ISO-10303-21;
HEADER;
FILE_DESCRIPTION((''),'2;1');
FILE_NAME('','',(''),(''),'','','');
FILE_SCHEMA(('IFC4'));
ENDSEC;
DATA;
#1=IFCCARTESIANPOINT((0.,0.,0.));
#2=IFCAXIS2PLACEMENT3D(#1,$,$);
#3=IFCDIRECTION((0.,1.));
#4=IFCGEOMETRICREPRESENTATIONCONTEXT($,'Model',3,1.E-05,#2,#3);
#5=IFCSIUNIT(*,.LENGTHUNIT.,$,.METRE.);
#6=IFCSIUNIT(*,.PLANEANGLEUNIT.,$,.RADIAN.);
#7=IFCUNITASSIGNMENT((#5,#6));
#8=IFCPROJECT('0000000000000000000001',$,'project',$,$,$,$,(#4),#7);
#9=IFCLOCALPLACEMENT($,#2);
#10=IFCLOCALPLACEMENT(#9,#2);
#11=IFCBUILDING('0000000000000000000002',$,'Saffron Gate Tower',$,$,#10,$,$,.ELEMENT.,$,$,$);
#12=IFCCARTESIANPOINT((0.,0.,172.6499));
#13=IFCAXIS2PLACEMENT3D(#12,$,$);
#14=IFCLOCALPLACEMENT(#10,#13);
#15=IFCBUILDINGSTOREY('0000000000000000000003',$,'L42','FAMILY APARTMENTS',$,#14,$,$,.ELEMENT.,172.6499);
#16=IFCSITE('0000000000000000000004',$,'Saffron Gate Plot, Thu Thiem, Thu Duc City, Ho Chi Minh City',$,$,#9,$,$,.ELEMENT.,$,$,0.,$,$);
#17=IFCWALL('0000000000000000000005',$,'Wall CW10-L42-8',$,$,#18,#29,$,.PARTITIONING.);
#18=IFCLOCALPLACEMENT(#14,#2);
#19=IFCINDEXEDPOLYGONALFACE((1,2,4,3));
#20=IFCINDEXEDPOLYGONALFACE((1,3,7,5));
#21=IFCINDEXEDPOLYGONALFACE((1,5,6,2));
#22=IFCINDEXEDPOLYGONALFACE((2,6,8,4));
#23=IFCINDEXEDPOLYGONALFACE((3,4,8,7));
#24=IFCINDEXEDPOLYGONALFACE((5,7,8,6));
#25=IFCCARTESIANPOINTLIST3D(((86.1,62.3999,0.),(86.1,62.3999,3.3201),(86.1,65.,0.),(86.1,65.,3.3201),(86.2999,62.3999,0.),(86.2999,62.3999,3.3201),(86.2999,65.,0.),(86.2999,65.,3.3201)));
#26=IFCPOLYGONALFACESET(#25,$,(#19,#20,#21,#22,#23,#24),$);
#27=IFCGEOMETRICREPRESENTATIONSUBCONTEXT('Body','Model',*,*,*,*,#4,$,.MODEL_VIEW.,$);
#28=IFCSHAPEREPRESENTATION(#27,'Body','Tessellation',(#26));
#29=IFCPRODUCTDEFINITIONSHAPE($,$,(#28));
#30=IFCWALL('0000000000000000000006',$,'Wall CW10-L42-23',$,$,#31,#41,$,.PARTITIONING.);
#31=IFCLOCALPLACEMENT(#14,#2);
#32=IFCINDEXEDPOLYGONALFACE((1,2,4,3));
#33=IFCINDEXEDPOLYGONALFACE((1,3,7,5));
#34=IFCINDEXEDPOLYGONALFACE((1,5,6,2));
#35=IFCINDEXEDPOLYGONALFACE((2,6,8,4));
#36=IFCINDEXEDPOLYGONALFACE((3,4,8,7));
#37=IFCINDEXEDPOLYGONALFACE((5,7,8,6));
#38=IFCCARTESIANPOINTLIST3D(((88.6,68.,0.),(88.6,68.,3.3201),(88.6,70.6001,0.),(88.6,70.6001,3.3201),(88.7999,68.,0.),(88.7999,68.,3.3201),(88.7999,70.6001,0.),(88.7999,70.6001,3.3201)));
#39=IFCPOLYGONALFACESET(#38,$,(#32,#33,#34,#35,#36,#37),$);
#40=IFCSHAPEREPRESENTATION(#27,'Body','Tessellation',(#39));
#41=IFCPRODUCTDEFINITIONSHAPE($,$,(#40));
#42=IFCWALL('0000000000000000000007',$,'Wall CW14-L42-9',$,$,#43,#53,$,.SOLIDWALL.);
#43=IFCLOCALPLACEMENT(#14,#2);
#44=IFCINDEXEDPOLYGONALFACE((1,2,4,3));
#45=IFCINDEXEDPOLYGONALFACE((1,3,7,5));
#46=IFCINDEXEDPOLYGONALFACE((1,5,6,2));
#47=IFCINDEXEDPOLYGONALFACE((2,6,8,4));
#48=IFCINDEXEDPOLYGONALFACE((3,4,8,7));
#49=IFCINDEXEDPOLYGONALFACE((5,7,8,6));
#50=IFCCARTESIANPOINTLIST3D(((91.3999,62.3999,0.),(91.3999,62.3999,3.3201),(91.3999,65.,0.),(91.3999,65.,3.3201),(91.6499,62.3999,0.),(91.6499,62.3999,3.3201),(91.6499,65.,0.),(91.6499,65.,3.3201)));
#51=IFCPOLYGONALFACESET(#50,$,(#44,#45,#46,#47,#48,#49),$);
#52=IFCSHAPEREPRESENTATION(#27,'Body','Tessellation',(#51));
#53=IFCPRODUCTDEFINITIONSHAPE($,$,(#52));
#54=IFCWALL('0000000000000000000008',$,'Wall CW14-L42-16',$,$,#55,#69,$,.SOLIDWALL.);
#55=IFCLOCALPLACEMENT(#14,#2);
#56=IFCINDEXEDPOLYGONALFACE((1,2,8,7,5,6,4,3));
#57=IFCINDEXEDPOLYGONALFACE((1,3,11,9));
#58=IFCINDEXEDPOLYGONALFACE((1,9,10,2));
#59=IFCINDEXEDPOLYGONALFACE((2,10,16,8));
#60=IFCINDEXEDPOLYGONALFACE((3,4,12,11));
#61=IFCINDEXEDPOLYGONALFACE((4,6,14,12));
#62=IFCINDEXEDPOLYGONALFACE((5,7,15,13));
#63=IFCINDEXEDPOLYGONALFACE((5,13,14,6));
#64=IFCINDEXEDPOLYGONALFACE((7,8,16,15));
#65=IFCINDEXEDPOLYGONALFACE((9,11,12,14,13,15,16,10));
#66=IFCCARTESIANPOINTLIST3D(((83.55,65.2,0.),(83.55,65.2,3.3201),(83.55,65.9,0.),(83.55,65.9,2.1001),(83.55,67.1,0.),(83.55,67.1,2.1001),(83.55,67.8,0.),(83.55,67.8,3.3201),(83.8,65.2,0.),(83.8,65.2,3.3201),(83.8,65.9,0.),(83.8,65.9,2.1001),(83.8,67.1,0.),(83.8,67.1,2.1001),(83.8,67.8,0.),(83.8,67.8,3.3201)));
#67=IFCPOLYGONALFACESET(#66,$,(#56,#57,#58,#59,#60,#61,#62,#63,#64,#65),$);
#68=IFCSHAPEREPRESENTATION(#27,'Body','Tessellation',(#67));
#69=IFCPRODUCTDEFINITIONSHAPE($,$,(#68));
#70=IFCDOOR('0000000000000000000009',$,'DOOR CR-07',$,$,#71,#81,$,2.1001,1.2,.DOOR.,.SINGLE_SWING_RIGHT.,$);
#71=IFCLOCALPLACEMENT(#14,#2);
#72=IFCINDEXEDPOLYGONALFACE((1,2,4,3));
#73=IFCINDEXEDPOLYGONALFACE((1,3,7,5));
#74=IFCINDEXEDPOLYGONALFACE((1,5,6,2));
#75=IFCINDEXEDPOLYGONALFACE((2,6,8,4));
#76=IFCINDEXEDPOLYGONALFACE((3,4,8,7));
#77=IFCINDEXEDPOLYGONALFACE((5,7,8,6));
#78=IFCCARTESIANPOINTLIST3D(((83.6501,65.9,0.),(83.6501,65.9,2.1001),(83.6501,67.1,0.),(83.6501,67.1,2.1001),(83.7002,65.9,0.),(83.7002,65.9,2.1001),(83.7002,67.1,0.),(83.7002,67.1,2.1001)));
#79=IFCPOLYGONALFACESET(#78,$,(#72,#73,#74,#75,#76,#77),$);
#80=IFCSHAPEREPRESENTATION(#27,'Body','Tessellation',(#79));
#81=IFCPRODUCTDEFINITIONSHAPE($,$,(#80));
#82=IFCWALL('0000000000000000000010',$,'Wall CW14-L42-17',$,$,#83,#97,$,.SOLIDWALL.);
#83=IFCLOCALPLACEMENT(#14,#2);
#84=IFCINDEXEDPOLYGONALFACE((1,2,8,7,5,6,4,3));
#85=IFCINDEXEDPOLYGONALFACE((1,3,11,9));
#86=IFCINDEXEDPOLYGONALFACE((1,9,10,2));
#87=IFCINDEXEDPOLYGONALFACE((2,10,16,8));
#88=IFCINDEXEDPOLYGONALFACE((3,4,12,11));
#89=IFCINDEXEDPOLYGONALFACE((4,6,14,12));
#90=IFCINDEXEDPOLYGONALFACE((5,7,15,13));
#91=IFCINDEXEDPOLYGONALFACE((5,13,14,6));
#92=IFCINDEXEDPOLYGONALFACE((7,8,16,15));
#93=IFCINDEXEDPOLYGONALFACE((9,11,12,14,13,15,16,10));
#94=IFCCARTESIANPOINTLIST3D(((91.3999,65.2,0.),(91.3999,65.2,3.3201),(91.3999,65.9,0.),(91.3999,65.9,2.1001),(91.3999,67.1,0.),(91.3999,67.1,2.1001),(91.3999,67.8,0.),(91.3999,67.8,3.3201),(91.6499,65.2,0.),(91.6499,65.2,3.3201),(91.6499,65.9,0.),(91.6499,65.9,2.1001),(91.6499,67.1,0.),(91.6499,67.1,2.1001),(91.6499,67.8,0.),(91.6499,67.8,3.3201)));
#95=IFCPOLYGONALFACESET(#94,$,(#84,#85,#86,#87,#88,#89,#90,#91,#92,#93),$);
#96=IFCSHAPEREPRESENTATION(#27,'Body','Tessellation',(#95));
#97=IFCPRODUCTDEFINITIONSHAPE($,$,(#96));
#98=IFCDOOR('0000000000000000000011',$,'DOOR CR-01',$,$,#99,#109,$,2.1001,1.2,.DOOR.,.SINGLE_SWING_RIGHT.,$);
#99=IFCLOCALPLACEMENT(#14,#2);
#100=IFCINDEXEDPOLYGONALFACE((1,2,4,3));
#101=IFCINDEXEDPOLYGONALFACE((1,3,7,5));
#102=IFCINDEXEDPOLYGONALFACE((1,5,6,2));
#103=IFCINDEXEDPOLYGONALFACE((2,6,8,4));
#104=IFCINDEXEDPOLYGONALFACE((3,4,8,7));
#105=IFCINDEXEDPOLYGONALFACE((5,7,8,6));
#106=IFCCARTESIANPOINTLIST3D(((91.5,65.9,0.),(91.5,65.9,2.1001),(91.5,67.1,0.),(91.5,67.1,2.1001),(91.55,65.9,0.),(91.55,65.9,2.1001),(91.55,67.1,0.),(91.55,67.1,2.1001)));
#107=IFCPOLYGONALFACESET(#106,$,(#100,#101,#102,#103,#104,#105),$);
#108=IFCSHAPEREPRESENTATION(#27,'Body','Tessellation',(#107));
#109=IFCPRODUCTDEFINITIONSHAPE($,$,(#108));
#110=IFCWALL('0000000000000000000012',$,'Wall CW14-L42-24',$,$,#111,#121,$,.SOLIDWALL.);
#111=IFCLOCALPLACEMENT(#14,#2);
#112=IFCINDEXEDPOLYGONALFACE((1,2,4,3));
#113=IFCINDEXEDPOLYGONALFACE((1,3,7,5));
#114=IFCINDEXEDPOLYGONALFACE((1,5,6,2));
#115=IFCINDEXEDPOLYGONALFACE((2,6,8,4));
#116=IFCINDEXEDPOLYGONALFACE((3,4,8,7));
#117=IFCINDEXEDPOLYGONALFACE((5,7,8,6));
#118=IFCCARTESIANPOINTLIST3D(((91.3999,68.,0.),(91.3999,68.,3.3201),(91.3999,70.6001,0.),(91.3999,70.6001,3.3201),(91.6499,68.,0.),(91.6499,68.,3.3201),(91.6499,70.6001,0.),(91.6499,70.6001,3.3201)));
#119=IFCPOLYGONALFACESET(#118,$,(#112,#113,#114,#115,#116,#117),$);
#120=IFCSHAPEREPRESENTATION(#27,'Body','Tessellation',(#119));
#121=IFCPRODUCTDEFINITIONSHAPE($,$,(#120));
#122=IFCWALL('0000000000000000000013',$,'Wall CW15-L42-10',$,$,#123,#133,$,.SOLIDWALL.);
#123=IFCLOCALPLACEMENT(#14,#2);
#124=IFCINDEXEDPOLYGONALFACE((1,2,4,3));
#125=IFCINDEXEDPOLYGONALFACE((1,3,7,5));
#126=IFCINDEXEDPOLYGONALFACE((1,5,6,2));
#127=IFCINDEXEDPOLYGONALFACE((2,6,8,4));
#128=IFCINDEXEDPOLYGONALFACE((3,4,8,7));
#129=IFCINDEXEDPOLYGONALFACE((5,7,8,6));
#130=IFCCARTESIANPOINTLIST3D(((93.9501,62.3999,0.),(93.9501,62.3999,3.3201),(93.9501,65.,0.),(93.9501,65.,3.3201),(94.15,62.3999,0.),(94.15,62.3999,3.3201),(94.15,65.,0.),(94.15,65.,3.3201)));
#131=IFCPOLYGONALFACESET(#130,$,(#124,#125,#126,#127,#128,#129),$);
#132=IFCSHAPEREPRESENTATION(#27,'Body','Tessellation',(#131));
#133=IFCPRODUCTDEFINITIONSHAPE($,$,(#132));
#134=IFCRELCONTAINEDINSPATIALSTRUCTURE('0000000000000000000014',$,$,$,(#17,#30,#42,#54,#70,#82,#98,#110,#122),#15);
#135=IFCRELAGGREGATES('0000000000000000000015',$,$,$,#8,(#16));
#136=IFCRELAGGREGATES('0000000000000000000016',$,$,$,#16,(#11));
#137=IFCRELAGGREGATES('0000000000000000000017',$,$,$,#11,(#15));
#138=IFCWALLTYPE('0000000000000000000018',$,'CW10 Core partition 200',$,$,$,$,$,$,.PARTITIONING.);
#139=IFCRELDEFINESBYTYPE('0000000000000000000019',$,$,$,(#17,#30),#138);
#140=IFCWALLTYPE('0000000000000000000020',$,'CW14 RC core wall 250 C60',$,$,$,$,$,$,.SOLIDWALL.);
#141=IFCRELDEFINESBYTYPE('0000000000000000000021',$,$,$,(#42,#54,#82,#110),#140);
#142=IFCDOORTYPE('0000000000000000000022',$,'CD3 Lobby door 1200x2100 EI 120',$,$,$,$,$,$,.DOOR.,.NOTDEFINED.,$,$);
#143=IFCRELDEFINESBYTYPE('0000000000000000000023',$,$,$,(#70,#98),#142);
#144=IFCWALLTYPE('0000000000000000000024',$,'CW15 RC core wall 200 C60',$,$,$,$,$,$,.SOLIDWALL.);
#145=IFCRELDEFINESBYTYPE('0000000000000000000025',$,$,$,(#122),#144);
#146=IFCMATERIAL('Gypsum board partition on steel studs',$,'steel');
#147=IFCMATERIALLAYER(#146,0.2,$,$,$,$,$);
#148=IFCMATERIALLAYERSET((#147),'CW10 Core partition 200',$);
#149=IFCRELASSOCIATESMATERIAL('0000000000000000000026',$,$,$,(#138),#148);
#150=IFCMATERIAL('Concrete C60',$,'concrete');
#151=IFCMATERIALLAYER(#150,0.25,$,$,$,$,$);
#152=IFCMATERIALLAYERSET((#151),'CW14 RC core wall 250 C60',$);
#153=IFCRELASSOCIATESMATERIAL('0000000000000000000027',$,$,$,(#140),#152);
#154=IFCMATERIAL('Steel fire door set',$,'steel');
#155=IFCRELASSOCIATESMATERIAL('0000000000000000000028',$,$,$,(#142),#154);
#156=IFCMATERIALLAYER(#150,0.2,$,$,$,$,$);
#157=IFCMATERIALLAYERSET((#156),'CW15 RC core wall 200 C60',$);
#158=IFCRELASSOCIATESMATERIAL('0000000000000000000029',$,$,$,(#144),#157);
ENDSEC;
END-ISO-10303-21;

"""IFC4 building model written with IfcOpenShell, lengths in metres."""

from ifc_helpers import new_model, si_unit, direction, frame, frame_2d, origin, place, context, subcontext, project, spatial, rectangle, extrude, material, layer, layer_set, type_object, element, fill, save


model = new_model("IFC4")

# Units and contexts
model_context = context("Model", 3, precision=1e-05, world=origin(), true_north=direction((0.0, 1.0)))
body_context = subcontext(model_context, "Body", "Model", "MODEL_VIEW")
ifc_project = project(units=[si_unit("LENGTHUNIT", "METRE"), si_unit("PLANEANGLEUNIT", "RADIAN")], contexts=[model_context])

# Site, building, storey
site_placement = place(None, origin())
site = spatial("IfcSite", under=ifc_project, at=site_placement, Name="Saffron Gate Plot, Thu Thiem, Thu Duc City, Ho Chi Minh City", CompositionType="ELEMENT", RefElevation=0.0)
building_placement = place(site_placement, origin())
building = spatial("IfcBuilding", under=site, at=building_placement, Name="Saffron Gate Tower", CompositionType="ELEMENT")
storey_placement = place(building_placement, frame((0.0, 0.0, 172.6499)))
storey = spatial("IfcBuildingStorey", under=building, at=storey_placement, Name="L42", Description="FAMILY APARTMENTS", CompositionType="ELEMENT", Elevation=172.6499)

# Walls
ifc_material_1 = material(Name="Gypsum board partition on steel studs", Category="steel")
ifc_layer_1 = layer(ifc_material_1, 0.2)
ifc_layer_set_1 = layer_set([ifc_layer_1], Name="CW10 Core partition 200")
wall_type_1 = type_object("IfcWallType", Name="CW10 Core partition 200", PredefinedType="PARTITIONING", material=ifc_layer_set_1)
for number, where, z_axis, x_axis, name in (
    (1, (86.2, 62.3999, 0.0), (0.0, 0.0, 1.0), (0.0, 1.0, 0.0), "Wall CW10-L42-8"),
    (2, (88.7, 68.0, 0.0), (0.0, 0.0, 1.0), (0.0, 1.0, 0.0), "Wall CW10-L42-23"),
):
    element("IfcWall", number, at=place(storey_placement, frame(where, z_axis=z_axis, x_axis=x_axis)), inside=storey, type_object=wall_type_1, Name=name, PredefinedType="PARTITIONING", context=body_context, shape_type="SweptSolid", body=[
        extrude(rectangle(XDim=2.6001, YDim=0.2, at=frame_2d((1.3, 0.0))), origin(), (0.0, 0.0, 1.0), 3.3201),
    ])
ifc_material_2 = material(Name="Concrete C60", Category="concrete")
ifc_layer_2 = layer(ifc_material_2, 0.25)
ifc_layer_set_2 = layer_set([ifc_layer_2], Name="CW14 RC core wall 250 C60")
wall_type_2 = type_object("IfcWallType", Name="CW14 RC core wall 250 C60", PredefinedType="SOLIDWALL", material=ifc_layer_set_2)
wall_1_placement = place(storey_placement, frame((91.5249, 62.3999, 0.0), z_axis=(0.0, 0.0, 1.0), x_axis=(0.0, 1.0, 0.0)))
element("IfcWall", 3, at=wall_1_placement, inside=storey, type_object=wall_type_2, Name="Wall CW14-L42-9", PredefinedType="SOLIDWALL", context=body_context, shape_type="SweptSolid", body=[
    extrude(rectangle(XDim=2.6001, YDim=0.25, at=frame_2d((1.3, 0.0))), origin(), (0.0, 0.0, 1.0), 3.3201),
])

# Walls, openings, doors
wall_2_placement = place(storey_placement, frame((83.675, 65.2, 0.0), z_axis=(0.0, 0.0, 1.0), x_axis=(0.0, 1.0, 0.0)))
wall_2 = element("IfcWall", 4, at=wall_2_placement, inside=storey, type_object=wall_type_2, Name="Wall CW14-L42-16", PredefinedType="SOLIDWALL", context=body_context, shape_type="SweptSolid", body=[
    extrude(rectangle(XDim=2.6001, YDim=0.25, at=frame_2d((1.3, 0.0))), origin(), (0.0, 0.0, 1.0), 3.3201),
])
opening_1_placement = place(wall_2_placement, frame((0.7, 0.0, 0.0)))
opening_1 = element("IfcOpeningElement", 5, at=opening_1_placement, cuts=wall_2, PredefinedType="OPENING", context=body_context, shape_type="SweptSolid", body=[
    extrude(rectangle(XDim=1.2, YDim=2.1001, at=frame_2d((0.6001, 1.05))), frame((0.0, 0.135, 0.0), z_axis=(0.0, -1.0, 0.0), x_axis=(1.0, 0.0, 0.0)), (0.0, 0.0, 1.0), 0.27),
])
ifc_material_3 = material(Name="Steel fire door set", Category="steel")
door_type_1 = type_object("IfcDoorType", Name="CD3 Lobby door 1200x2100 EI 120", OperationType="NOTDEFINED", PredefinedType="DOOR", material=ifc_material_3)
door_1_placement = place(opening_1_placement, origin())
door_1 = element("IfcDoor", 6, at=door_1_placement, inside=storey, type_object=door_type_1, Name="DOOR CR-07", OperationType="SINGLE_SWING_RIGHT", OverallHeight=2.1001, OverallWidth=1.2, PredefinedType="DOOR", context=body_context, shape_type="SweptSolid", body=[
    extrude(rectangle(XDim=1.2, YDim=2.1001, at=frame_2d((0.6001, 1.05))), frame((0.0, 0.0249, 0.0), z_axis=(0.0, -1.0, 0.0), x_axis=(1.0, 0.0, 0.0)), (0.0, 0.0, 1.0), 0.05),
])
fill(opening_1, door_1)
wall_3_placement = place(storey_placement, frame((91.5249, 65.2, 0.0), z_axis=(0.0, 0.0, 1.0), x_axis=(0.0, 1.0, 0.0)))
wall_3 = element("IfcWall", 7, at=wall_3_placement, inside=storey, type_object=wall_type_2, Name="Wall CW14-L42-17", PredefinedType="SOLIDWALL", context=body_context, shape_type="SweptSolid", body=[
    extrude(rectangle(XDim=2.6001, YDim=0.25, at=frame_2d((1.3, 0.0))), origin(), (0.0, 0.0, 1.0), 3.3201),
])
opening_2_placement = place(wall_3_placement, frame((0.7, 0.0, 0.0)))
opening_2 = element("IfcOpeningElement", 8, at=opening_2_placement, cuts=wall_3, PredefinedType="OPENING", context=body_context, shape_type="SweptSolid", body=[
    extrude(rectangle(XDim=1.2, YDim=2.1001, at=frame_2d((0.6001, 1.05))), frame((0.0, 0.135, 0.0), z_axis=(0.0, -1.0, 0.0), x_axis=(1.0, 0.0, 0.0)), (0.0, 0.0, 1.0), 0.27),
])
door_2_placement = place(opening_2_placement, origin())
door_2 = element("IfcDoor", 9, at=door_2_placement, inside=storey, type_object=door_type_1, Name="DOOR CR-01", OperationType="SINGLE_SWING_RIGHT", OverallHeight=2.1001, OverallWidth=1.2, PredefinedType="DOOR", context=body_context, shape_type="SweptSolid", body=[
    extrude(rectangle(XDim=1.2, YDim=2.1001, at=frame_2d((0.6001, 1.05))), frame((0.0, 0.0249, 0.0), z_axis=(0.0, -1.0, 0.0), x_axis=(1.0, 0.0, 0.0)), (0.0, 0.0, 1.0), 0.05),
])
fill(opening_2, door_2)

# Walls
wall_4_placement = place(storey_placement, frame((91.5249, 68.0, 0.0), z_axis=(0.0, 0.0, 1.0), x_axis=(0.0, 1.0, 0.0)))
element("IfcWall", 10, at=wall_4_placement, inside=storey, type_object=wall_type_2, Name="Wall CW14-L42-24", PredefinedType="SOLIDWALL", context=body_context, shape_type="SweptSolid", body=[
    extrude(rectangle(XDim=2.6001, YDim=0.25, at=frame_2d((1.3, 0.0))), origin(), (0.0, 0.0, 1.0), 3.3201),
])
ifc_layer_3 = layer(ifc_material_2, 0.2)
ifc_layer_set_3 = layer_set([ifc_layer_3], Name="CW15 RC core wall 200 C60")
wall_type_3 = type_object("IfcWallType", Name="CW15 RC core wall 200 C60", PredefinedType="SOLIDWALL", material=ifc_layer_set_3)
wall_5_placement = place(storey_placement, frame((94.05, 62.3999, 0.0), z_axis=(0.0, 0.0, 1.0), x_axis=(0.0, 1.0, 0.0)))
element("IfcWall", 11, at=wall_5_placement, inside=storey, type_object=wall_type_3, Name="Wall CW15-L42-10", PredefinedType="SOLIDWALL", context=body_context, shape_type="SweptSolid", body=[
    extrude(rectangle(XDim=2.6001, YDim=0.2, at=frame_2d((1.3, 0.0))), origin(), (0.0, 0.0, 1.0), 3.3201),
])

save(model, "model.ifc")
